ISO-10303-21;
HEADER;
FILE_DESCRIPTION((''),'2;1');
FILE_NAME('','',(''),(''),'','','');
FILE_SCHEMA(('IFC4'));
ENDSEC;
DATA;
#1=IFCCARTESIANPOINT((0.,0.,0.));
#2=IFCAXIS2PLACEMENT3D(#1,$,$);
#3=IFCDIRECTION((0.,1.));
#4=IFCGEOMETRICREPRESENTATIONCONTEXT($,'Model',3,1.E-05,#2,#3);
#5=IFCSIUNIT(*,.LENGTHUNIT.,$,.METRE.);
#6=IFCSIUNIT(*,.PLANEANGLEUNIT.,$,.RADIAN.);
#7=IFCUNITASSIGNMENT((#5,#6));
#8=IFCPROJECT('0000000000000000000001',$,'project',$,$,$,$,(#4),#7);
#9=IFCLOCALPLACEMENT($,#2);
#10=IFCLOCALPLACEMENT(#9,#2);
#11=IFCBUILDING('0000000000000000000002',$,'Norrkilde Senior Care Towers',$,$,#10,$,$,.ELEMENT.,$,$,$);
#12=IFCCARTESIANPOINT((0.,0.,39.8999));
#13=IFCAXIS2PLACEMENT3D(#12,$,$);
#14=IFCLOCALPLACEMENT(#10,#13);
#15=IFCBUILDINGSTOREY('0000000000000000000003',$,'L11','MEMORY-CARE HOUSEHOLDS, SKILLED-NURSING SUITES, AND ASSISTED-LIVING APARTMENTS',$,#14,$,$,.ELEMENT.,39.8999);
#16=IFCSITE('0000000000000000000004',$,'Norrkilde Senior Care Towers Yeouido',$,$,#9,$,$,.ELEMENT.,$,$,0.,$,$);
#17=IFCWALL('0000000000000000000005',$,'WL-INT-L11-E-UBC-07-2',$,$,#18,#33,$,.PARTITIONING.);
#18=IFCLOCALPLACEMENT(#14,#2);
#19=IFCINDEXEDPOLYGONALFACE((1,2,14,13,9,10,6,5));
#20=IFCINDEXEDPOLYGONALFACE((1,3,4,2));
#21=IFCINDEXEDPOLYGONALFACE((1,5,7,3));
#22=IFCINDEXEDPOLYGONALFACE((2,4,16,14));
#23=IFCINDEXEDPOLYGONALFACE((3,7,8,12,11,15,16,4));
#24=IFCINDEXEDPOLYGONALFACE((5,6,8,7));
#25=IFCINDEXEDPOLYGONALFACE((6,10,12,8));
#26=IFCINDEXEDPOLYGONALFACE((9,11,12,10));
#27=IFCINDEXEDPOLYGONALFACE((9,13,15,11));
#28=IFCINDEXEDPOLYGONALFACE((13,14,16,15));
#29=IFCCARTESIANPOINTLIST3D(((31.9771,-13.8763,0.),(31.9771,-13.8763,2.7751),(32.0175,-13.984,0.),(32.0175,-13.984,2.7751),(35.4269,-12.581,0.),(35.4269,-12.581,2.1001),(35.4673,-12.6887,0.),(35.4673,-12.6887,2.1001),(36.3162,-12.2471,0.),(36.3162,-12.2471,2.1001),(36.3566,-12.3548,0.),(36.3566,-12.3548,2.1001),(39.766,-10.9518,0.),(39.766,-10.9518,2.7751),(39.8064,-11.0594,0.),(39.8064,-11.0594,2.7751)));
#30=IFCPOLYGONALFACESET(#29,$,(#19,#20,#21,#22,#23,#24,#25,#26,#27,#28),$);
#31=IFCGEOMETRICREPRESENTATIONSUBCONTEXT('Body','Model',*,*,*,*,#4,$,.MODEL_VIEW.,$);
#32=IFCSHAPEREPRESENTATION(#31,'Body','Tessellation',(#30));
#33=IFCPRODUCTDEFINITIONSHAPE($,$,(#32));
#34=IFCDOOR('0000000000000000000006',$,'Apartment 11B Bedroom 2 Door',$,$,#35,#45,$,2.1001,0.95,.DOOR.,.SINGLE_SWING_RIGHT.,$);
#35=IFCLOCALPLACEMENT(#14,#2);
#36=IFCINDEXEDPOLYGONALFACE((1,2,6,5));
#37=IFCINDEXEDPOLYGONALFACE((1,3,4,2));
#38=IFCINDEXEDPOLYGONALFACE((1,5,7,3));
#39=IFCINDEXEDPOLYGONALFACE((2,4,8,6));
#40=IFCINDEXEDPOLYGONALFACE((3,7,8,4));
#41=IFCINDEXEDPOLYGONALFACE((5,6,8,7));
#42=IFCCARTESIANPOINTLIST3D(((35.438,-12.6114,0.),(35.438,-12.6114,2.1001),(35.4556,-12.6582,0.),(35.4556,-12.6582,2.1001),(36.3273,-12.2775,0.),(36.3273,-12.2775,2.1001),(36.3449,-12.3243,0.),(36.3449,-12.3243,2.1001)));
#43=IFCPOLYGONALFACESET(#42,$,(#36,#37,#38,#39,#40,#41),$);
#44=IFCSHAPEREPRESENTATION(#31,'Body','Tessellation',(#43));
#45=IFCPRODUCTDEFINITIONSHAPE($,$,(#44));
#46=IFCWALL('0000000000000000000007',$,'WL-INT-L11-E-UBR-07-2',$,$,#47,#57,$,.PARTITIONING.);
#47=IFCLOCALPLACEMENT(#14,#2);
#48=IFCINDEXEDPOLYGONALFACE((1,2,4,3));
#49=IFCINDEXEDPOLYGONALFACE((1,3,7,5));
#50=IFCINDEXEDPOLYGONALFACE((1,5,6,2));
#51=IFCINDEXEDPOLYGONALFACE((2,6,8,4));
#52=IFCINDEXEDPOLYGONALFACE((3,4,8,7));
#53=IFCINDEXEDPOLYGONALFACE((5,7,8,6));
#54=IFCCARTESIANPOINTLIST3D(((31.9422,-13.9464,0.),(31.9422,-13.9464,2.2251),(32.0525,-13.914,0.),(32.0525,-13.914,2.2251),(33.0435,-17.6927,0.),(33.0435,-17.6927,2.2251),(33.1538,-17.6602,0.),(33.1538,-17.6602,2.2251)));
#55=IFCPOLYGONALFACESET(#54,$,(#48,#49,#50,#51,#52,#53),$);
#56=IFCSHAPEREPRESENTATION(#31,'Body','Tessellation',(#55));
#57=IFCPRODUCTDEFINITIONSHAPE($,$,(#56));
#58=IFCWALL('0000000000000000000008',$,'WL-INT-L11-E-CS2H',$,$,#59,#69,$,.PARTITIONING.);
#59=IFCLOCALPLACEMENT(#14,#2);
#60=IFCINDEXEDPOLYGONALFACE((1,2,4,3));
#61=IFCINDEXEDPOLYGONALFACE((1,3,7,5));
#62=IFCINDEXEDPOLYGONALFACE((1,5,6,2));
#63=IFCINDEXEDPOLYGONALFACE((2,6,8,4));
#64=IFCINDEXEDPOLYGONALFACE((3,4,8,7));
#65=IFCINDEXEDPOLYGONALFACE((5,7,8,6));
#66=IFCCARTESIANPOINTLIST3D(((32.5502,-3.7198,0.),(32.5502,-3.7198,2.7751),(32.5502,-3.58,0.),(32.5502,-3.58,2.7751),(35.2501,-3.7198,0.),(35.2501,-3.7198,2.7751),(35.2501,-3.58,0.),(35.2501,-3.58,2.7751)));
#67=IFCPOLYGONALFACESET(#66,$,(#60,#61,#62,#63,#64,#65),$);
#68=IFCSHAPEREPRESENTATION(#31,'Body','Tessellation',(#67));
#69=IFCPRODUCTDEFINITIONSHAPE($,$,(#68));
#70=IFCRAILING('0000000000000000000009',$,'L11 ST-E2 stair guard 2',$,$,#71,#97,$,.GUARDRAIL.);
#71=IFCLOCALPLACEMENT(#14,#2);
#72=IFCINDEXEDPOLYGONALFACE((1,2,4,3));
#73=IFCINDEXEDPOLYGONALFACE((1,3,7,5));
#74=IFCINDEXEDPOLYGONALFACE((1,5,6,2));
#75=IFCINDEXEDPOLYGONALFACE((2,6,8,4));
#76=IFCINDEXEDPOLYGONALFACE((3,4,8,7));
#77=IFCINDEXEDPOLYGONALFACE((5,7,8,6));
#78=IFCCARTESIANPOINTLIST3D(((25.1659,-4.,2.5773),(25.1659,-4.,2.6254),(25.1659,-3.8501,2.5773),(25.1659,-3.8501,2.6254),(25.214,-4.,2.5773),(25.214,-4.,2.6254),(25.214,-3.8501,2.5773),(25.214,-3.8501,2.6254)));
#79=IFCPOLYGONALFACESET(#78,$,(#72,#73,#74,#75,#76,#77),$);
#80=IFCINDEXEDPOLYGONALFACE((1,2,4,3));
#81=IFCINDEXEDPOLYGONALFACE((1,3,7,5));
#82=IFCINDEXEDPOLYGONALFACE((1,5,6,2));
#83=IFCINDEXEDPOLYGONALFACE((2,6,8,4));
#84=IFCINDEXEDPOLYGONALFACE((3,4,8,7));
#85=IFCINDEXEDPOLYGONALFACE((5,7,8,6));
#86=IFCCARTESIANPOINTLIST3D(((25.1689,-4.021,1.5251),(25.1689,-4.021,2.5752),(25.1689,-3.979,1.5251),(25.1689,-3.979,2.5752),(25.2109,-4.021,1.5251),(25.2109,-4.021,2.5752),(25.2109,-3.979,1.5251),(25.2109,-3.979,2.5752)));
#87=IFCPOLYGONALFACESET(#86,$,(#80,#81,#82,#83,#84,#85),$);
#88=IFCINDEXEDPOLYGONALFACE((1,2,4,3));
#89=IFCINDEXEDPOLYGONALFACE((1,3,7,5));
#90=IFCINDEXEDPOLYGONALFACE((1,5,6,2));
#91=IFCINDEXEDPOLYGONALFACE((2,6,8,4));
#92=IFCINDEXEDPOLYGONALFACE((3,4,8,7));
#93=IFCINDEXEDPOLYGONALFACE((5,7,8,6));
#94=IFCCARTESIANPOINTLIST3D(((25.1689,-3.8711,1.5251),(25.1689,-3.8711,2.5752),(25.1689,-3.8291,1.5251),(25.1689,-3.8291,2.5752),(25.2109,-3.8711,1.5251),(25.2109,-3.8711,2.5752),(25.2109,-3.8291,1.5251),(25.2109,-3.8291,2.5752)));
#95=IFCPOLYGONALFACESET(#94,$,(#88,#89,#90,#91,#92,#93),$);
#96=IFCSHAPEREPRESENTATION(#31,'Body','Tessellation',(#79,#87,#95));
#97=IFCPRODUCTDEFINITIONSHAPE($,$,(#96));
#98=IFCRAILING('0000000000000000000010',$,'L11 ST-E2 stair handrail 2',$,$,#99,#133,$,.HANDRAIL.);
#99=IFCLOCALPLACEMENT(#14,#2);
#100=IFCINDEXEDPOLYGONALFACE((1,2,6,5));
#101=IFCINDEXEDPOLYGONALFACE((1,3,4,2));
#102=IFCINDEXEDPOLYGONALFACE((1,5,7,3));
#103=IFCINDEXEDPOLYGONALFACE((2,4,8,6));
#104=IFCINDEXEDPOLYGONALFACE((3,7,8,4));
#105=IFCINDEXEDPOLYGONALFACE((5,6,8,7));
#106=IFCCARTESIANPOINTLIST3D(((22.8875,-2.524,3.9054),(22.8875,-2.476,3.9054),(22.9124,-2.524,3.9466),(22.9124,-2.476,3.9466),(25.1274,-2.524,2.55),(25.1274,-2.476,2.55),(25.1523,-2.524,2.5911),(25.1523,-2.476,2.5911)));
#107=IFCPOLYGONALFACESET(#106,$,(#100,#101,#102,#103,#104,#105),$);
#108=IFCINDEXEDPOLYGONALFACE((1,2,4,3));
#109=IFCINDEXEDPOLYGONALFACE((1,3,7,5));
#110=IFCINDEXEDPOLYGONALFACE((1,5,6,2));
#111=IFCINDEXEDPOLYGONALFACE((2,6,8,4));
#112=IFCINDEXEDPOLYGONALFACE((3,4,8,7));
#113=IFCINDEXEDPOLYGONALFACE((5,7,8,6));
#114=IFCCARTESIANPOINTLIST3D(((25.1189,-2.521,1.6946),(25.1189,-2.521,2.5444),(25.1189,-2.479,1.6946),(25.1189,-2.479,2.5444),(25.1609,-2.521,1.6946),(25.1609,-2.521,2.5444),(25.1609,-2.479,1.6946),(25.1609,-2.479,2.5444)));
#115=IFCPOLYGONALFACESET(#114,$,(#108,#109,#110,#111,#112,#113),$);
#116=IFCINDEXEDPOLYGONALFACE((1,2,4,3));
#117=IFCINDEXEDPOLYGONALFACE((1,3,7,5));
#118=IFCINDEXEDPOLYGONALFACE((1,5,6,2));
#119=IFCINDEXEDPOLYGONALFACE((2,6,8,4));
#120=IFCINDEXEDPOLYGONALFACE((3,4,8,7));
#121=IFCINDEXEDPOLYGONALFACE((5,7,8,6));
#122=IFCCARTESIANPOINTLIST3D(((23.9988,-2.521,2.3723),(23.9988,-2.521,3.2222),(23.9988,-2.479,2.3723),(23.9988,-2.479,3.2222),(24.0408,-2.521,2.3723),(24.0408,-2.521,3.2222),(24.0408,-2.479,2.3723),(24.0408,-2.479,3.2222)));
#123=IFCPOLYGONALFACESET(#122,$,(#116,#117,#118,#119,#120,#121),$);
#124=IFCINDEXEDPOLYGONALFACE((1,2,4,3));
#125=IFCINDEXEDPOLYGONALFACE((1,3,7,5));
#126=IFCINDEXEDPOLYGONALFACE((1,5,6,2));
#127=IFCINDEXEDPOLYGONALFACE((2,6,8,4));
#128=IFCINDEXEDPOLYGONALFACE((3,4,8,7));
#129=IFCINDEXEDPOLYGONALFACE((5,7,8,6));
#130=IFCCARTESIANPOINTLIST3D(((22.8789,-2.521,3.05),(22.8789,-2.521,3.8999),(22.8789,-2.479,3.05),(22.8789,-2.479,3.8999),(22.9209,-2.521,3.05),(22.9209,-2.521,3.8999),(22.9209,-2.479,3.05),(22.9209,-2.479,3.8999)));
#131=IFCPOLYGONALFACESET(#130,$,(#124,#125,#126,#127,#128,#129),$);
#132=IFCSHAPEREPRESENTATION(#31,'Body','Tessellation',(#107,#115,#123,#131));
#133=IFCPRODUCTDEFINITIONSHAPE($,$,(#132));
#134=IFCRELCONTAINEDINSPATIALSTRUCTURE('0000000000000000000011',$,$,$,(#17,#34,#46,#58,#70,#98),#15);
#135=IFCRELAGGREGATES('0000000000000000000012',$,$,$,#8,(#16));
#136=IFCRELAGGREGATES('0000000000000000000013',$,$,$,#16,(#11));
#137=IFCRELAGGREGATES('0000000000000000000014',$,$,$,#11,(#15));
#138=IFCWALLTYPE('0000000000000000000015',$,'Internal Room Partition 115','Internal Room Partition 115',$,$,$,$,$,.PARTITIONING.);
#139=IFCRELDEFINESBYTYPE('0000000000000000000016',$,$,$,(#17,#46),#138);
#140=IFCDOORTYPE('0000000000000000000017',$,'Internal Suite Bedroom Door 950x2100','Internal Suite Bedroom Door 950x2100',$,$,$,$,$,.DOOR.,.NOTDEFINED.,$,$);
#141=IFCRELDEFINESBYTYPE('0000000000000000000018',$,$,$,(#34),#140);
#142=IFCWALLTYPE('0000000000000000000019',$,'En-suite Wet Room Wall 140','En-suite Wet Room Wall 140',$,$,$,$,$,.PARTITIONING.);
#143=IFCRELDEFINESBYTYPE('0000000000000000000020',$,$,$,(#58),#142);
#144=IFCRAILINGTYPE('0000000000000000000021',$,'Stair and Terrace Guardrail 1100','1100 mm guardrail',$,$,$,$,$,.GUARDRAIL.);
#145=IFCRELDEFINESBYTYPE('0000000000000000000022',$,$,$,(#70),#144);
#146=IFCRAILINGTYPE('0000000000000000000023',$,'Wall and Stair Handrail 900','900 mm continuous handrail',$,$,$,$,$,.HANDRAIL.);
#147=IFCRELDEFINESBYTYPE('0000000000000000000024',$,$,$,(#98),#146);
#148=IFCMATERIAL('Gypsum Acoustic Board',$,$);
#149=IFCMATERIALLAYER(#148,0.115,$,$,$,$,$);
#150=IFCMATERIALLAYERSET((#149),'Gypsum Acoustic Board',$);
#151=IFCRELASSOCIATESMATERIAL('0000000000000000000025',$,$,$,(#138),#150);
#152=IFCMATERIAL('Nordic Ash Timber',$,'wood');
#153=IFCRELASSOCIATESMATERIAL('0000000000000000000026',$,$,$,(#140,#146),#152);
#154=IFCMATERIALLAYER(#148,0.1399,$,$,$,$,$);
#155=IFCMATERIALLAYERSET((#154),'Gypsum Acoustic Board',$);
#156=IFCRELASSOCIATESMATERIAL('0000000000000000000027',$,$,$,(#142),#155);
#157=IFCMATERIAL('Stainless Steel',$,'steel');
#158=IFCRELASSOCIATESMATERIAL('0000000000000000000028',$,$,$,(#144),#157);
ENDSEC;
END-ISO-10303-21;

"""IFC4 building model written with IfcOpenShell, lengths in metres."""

from ifc_helpers import new_model, si_unit, direction, frame, frame_2d, origin, origin_2d, place, context, subcontext, project, spatial, rectangle, extrude, source, transform, mapped, material, layer, layer_set, type_object, type_shapes, element, fill, save


model = new_model("IFC4")

# Units and contexts
model_context = context("Model", 3, precision=1e-05, world=origin(), true_north=direction((0.0, 1.0)))
body_context = subcontext(model_context, "Body", "Model", "MODEL_VIEW")
ifc_project = project(units=[si_unit("LENGTHUNIT", "METRE"), si_unit("PLANEANGLEUNIT", "RADIAN")], contexts=[model_context])

# Site, building, storey
site_placement = place(None, origin())
site = spatial("IfcSite", under=ifc_project, at=site_placement, Name="Norrkilde Senior Care Towers Yeouido", CompositionType="ELEMENT", RefElevation=0.0)
building_placement = place(site_placement, origin())
building = spatial("IfcBuilding", under=site, at=building_placement, Name="Norrkilde Senior Care Towers", CompositionType="ELEMENT")
storey_placement = place(building_placement, frame((0.0, 0.0, 39.8999)))
storey = spatial("IfcBuildingStorey", under=building, at=storey_placement, Name="L11", Description="MEMORY-CARE HOUSEHOLDS, SKILLED-NURSING SUITES, AND ASSISTED-LIVING APARTMENTS", CompositionType="ELEMENT", Elevation=39.8999)

# Shared definitions
ifc_material_1 = material(Name="Gypsum Acoustic Board")
ifc_layer_1 = layer(ifc_material_1, 0.115)
ifc_layer_set_1 = layer_set([ifc_layer_1], Name="Gypsum Acoustic Board")
wall_type_1 = type_object("IfcWallType", Name="Internal Room Partition 115", Description="Internal Room Partition 115", PredefinedType="PARTITIONING", material=ifc_layer_set_1)

# Wall, opening, door
shared_shape_1 = source(origin(), body_context, "Body", "SweptSolid", [
    extrude(rectangle(XDim=8.3198, YDim=0.115, at=frame_2d((4.1599, 0.0))), origin(), (0.0, 0.0, 1.0), 2.7751),
])
wall_1_placement = place(storey_placement, frame((31.9973, -13.9302, 0.0), z_axis=(0.0, 0.0, 1.0), x_axis=(0.936181, 0.351519, 0.0)))
wall_1 = element("IfcWall", 1, at=wall_1_placement, inside=storey, type_object=wall_type_1, Name="WL-INT-L11-E-UBC-07-2", PredefinedType="PARTITIONING", context=body_context, shape_type="MappedRepresentation", body=[
    mapped(shared_shape_1, transform((0.0, 0.0, 0.0), x_axis=(1.0, 0.0, 0.0), y_axis=(0.0, 1.0, 0.0), z_axis=(0.0, 0.0, 1.0), scale=1.0)),
])
opening_1_placement = place(wall_1_placement, frame((3.6848, 0.0, 0.0)))
opening_1 = element("IfcOpeningElement", 2, at=opening_1_placement, cuts=wall_1, PredefinedType="OPENING", context=body_context, shape_type="SweptSolid", body=[
    extrude(rectangle(XDim=0.95, YDim=2.1001, at=frame_2d((0.4751, 1.05))), frame((0.0, 0.0674, 0.0), z_axis=(0.0, -1.0, 0.0), x_axis=(1.0, 0.0, 0.0)), (0.0, 0.0, 1.0), 0.135),
])
ifc_material_2 = material(Name="Nordic Ash Timber", Category="wood")
door_type_1 = type_object("IfcDoorType", Name="Internal Suite Bedroom Door 950x2100", Description="Internal Suite Bedroom Door 950x2100", OperationType="NOTDEFINED", PredefinedType="DOOR", material=ifc_material_2)
shared_shape_2 = source(origin(), body_context, "Body", "SweptSolid", [
    extrude(rectangle(XDim=0.95, YDim=2.1001, at=frame_2d((0.4751, 1.05))), frame((0.0, 0.0249, 0.0), z_axis=(0.0, -1.0, 0.0), x_axis=(1.0, 0.0, 0.0)), (0.0, 0.0, 1.0), 0.05),
])
type_shapes(door_type_1, [shared_shape_2])
door_1_placement = place(opening_1_placement, frame((0.95, 0.0, 0.0), z_axis=(0.0, 0.0, 1.0), x_axis=(-1.0, 0.0, 0.0)))
door_1 = element("IfcDoor", 3, at=door_1_placement, inside=storey, type_object=door_type_1, Name="Apartment 11B Bedroom 2 Door", OperationType="SINGLE_SWING_RIGHT", OverallHeight=2.1001, OverallWidth=0.95, PredefinedType="DOOR", context=body_context, shape_type="MappedRepresentation", body=[
    mapped(shared_shape_2, transform((0.0, 0.0, 0.0), x_axis=(1.0, 0.0, 0.0), y_axis=(0.0, 1.0, 0.0), z_axis=(0.0, 0.0, 1.0), scale=1.0)),
])
fill(opening_1, door_1)

# Walls
shared_shape_3 = source(origin(), body_context, "Body", "SweptSolid", [
    extrude(rectangle(XDim=3.9048, YDim=0.115, at=frame_2d((1.9524, 0.0))), origin(), (0.0, 0.0, 1.0), 2.2251),
])
wall_2_placement = place(storey_placement, frame((31.9973, -13.9302, 0.0), z_axis=(0.0, 0.0, 1.0), x_axis=(0.282038, -0.959403, 0.0)))
element("IfcWall", 4, at=wall_2_placement, inside=storey, type_object=wall_type_1, Name="WL-INT-L11-E-UBR-07-2", PredefinedType="PARTITIONING", context=body_context, shape_type="MappedRepresentation", body=[
    mapped(shared_shape_3, transform((0.0, 0.0, 0.0), x_axis=(1.0, 0.0, 0.0), y_axis=(0.0, 1.0, 0.0), z_axis=(0.0, 0.0, 1.0), scale=1.0)),
])
ifc_layer_2 = layer(ifc_material_1, 0.1399)
ifc_layer_set_2 = layer_set([ifc_layer_2], Name="Gypsum Acoustic Board")
wall_type_2 = type_object("IfcWallType", Name="En-suite Wet Room Wall 140", Description="En-suite Wet Room Wall 140", PredefinedType="PARTITIONING", material=ifc_layer_set_2)
shared_shape_4 = source(origin(), body_context, "Body", "SweptSolid", [
    extrude(rectangle(XDim=2.7, YDim=0.1399, at=frame_2d((1.3501, 0.0))), origin(), (0.0, 0.0, 1.0), 2.7751),
])
type_shapes(wall_type_2, [shared_shape_4])
wall_3_placement = place(storey_placement, frame((32.55, -3.6499, 0.0), z_axis=(0.0, 0.0, 1.0), x_axis=(1.0, 0.0, 0.0)))
element("IfcWall", 5, at=wall_3_placement, inside=storey, type_object=wall_type_2, Name="WL-INT-L11-E-CS2H", PredefinedType="PARTITIONING", context=body_context, shape_type="MappedRepresentation", body=[
    mapped(shared_shape_4, transform((0.0, 0.0, 0.0), x_axis=(1.0, 0.0, 0.0), y_axis=(0.0, 1.0, 0.0), z_axis=(0.0, 0.0, 1.0), scale=1.0)),
])

# Railings
ifc_material_3 = material(Name="Stainless Steel", Category="steel")
railing_type_1 = type_object("IfcRailingType", Name="Stair and Terrace Guardrail 1100", Description="1100 mm guardrail", PredefinedType="GUARDRAIL", material=ifc_material_3)
railing_1_placement = place(storey_placement, frame((25.1899, -4.0, 1.5251)))
element("IfcRailing", 6, at=railing_1_placement, inside=storey, type_object=railing_type_1, Name="L11 ST-E2 stair guard 2", PredefinedType="GUARDRAIL", context=body_context, shape_type="SweptSolid", body=[
    extrude(rectangle(XDim=0.0481, YDim=0.0481, at=origin_2d()), frame((0.0, 0.0, 1.0762), z_axis=(0.0, 1.0, 0.0), x_axis=(-1.0, 0.0, 0.0)), (0.0, 0.0, 1.0), 0.1499),
    extrude(rectangle(XDim=0.042, YDim=0.042, at=origin_2d()), origin(), (0.0, 0.0, 1.0), 1.05),
    extrude(rectangle(XDim=0.042, YDim=0.042, at=origin_2d()), frame((0.0, 0.1499, 0.0)), (0.0, 0.0, 1.0), 1.05),
])
railing_type_2 = type_object("IfcRailingType", Name="Wall and Stair Handrail 900", Description="900 mm continuous handrail", PredefinedType="HANDRAIL", material=ifc_material_2)
railing_2_placement = place(storey_placement, frame((25.1399, -2.5, 1.6946)))
element("IfcRailing", 7, at=railing_2_placement, inside=storey, type_object=railing_type_2, Name="L11 ST-E2 stair handrail 2", PredefinedType="HANDRAIL", context=body_context, shape_type="SweptSolid", body=[
    extrude(rectangle(XDim=0.0481, YDim=0.0481, at=origin_2d()), frame((0.0, 0.0, 0.876), z_axis=(-0.855553, 0.0, 0.517715), x_axis=(0.0, -1.0, 0.0)), (0.0, 0.0, 1.0), 2.6182),
    extrude(rectangle(XDim=0.042, YDim=0.042, at=origin_2d()), origin(), (0.0, 0.0, 1.0), 0.8499),
    extrude(rectangle(XDim=0.042, YDim=0.042, at=origin_2d()), frame((-1.1201, 0.0, 0.6777)), (0.0, 0.0, 1.0), 0.8499),
    extrude(rectangle(XDim=0.042, YDim=0.042, at=origin_2d()), frame((-2.24, 0.0, 1.3555)), (0.0, 0.0, 1.0), 0.8499),
])

save(model, "model.ifc")
